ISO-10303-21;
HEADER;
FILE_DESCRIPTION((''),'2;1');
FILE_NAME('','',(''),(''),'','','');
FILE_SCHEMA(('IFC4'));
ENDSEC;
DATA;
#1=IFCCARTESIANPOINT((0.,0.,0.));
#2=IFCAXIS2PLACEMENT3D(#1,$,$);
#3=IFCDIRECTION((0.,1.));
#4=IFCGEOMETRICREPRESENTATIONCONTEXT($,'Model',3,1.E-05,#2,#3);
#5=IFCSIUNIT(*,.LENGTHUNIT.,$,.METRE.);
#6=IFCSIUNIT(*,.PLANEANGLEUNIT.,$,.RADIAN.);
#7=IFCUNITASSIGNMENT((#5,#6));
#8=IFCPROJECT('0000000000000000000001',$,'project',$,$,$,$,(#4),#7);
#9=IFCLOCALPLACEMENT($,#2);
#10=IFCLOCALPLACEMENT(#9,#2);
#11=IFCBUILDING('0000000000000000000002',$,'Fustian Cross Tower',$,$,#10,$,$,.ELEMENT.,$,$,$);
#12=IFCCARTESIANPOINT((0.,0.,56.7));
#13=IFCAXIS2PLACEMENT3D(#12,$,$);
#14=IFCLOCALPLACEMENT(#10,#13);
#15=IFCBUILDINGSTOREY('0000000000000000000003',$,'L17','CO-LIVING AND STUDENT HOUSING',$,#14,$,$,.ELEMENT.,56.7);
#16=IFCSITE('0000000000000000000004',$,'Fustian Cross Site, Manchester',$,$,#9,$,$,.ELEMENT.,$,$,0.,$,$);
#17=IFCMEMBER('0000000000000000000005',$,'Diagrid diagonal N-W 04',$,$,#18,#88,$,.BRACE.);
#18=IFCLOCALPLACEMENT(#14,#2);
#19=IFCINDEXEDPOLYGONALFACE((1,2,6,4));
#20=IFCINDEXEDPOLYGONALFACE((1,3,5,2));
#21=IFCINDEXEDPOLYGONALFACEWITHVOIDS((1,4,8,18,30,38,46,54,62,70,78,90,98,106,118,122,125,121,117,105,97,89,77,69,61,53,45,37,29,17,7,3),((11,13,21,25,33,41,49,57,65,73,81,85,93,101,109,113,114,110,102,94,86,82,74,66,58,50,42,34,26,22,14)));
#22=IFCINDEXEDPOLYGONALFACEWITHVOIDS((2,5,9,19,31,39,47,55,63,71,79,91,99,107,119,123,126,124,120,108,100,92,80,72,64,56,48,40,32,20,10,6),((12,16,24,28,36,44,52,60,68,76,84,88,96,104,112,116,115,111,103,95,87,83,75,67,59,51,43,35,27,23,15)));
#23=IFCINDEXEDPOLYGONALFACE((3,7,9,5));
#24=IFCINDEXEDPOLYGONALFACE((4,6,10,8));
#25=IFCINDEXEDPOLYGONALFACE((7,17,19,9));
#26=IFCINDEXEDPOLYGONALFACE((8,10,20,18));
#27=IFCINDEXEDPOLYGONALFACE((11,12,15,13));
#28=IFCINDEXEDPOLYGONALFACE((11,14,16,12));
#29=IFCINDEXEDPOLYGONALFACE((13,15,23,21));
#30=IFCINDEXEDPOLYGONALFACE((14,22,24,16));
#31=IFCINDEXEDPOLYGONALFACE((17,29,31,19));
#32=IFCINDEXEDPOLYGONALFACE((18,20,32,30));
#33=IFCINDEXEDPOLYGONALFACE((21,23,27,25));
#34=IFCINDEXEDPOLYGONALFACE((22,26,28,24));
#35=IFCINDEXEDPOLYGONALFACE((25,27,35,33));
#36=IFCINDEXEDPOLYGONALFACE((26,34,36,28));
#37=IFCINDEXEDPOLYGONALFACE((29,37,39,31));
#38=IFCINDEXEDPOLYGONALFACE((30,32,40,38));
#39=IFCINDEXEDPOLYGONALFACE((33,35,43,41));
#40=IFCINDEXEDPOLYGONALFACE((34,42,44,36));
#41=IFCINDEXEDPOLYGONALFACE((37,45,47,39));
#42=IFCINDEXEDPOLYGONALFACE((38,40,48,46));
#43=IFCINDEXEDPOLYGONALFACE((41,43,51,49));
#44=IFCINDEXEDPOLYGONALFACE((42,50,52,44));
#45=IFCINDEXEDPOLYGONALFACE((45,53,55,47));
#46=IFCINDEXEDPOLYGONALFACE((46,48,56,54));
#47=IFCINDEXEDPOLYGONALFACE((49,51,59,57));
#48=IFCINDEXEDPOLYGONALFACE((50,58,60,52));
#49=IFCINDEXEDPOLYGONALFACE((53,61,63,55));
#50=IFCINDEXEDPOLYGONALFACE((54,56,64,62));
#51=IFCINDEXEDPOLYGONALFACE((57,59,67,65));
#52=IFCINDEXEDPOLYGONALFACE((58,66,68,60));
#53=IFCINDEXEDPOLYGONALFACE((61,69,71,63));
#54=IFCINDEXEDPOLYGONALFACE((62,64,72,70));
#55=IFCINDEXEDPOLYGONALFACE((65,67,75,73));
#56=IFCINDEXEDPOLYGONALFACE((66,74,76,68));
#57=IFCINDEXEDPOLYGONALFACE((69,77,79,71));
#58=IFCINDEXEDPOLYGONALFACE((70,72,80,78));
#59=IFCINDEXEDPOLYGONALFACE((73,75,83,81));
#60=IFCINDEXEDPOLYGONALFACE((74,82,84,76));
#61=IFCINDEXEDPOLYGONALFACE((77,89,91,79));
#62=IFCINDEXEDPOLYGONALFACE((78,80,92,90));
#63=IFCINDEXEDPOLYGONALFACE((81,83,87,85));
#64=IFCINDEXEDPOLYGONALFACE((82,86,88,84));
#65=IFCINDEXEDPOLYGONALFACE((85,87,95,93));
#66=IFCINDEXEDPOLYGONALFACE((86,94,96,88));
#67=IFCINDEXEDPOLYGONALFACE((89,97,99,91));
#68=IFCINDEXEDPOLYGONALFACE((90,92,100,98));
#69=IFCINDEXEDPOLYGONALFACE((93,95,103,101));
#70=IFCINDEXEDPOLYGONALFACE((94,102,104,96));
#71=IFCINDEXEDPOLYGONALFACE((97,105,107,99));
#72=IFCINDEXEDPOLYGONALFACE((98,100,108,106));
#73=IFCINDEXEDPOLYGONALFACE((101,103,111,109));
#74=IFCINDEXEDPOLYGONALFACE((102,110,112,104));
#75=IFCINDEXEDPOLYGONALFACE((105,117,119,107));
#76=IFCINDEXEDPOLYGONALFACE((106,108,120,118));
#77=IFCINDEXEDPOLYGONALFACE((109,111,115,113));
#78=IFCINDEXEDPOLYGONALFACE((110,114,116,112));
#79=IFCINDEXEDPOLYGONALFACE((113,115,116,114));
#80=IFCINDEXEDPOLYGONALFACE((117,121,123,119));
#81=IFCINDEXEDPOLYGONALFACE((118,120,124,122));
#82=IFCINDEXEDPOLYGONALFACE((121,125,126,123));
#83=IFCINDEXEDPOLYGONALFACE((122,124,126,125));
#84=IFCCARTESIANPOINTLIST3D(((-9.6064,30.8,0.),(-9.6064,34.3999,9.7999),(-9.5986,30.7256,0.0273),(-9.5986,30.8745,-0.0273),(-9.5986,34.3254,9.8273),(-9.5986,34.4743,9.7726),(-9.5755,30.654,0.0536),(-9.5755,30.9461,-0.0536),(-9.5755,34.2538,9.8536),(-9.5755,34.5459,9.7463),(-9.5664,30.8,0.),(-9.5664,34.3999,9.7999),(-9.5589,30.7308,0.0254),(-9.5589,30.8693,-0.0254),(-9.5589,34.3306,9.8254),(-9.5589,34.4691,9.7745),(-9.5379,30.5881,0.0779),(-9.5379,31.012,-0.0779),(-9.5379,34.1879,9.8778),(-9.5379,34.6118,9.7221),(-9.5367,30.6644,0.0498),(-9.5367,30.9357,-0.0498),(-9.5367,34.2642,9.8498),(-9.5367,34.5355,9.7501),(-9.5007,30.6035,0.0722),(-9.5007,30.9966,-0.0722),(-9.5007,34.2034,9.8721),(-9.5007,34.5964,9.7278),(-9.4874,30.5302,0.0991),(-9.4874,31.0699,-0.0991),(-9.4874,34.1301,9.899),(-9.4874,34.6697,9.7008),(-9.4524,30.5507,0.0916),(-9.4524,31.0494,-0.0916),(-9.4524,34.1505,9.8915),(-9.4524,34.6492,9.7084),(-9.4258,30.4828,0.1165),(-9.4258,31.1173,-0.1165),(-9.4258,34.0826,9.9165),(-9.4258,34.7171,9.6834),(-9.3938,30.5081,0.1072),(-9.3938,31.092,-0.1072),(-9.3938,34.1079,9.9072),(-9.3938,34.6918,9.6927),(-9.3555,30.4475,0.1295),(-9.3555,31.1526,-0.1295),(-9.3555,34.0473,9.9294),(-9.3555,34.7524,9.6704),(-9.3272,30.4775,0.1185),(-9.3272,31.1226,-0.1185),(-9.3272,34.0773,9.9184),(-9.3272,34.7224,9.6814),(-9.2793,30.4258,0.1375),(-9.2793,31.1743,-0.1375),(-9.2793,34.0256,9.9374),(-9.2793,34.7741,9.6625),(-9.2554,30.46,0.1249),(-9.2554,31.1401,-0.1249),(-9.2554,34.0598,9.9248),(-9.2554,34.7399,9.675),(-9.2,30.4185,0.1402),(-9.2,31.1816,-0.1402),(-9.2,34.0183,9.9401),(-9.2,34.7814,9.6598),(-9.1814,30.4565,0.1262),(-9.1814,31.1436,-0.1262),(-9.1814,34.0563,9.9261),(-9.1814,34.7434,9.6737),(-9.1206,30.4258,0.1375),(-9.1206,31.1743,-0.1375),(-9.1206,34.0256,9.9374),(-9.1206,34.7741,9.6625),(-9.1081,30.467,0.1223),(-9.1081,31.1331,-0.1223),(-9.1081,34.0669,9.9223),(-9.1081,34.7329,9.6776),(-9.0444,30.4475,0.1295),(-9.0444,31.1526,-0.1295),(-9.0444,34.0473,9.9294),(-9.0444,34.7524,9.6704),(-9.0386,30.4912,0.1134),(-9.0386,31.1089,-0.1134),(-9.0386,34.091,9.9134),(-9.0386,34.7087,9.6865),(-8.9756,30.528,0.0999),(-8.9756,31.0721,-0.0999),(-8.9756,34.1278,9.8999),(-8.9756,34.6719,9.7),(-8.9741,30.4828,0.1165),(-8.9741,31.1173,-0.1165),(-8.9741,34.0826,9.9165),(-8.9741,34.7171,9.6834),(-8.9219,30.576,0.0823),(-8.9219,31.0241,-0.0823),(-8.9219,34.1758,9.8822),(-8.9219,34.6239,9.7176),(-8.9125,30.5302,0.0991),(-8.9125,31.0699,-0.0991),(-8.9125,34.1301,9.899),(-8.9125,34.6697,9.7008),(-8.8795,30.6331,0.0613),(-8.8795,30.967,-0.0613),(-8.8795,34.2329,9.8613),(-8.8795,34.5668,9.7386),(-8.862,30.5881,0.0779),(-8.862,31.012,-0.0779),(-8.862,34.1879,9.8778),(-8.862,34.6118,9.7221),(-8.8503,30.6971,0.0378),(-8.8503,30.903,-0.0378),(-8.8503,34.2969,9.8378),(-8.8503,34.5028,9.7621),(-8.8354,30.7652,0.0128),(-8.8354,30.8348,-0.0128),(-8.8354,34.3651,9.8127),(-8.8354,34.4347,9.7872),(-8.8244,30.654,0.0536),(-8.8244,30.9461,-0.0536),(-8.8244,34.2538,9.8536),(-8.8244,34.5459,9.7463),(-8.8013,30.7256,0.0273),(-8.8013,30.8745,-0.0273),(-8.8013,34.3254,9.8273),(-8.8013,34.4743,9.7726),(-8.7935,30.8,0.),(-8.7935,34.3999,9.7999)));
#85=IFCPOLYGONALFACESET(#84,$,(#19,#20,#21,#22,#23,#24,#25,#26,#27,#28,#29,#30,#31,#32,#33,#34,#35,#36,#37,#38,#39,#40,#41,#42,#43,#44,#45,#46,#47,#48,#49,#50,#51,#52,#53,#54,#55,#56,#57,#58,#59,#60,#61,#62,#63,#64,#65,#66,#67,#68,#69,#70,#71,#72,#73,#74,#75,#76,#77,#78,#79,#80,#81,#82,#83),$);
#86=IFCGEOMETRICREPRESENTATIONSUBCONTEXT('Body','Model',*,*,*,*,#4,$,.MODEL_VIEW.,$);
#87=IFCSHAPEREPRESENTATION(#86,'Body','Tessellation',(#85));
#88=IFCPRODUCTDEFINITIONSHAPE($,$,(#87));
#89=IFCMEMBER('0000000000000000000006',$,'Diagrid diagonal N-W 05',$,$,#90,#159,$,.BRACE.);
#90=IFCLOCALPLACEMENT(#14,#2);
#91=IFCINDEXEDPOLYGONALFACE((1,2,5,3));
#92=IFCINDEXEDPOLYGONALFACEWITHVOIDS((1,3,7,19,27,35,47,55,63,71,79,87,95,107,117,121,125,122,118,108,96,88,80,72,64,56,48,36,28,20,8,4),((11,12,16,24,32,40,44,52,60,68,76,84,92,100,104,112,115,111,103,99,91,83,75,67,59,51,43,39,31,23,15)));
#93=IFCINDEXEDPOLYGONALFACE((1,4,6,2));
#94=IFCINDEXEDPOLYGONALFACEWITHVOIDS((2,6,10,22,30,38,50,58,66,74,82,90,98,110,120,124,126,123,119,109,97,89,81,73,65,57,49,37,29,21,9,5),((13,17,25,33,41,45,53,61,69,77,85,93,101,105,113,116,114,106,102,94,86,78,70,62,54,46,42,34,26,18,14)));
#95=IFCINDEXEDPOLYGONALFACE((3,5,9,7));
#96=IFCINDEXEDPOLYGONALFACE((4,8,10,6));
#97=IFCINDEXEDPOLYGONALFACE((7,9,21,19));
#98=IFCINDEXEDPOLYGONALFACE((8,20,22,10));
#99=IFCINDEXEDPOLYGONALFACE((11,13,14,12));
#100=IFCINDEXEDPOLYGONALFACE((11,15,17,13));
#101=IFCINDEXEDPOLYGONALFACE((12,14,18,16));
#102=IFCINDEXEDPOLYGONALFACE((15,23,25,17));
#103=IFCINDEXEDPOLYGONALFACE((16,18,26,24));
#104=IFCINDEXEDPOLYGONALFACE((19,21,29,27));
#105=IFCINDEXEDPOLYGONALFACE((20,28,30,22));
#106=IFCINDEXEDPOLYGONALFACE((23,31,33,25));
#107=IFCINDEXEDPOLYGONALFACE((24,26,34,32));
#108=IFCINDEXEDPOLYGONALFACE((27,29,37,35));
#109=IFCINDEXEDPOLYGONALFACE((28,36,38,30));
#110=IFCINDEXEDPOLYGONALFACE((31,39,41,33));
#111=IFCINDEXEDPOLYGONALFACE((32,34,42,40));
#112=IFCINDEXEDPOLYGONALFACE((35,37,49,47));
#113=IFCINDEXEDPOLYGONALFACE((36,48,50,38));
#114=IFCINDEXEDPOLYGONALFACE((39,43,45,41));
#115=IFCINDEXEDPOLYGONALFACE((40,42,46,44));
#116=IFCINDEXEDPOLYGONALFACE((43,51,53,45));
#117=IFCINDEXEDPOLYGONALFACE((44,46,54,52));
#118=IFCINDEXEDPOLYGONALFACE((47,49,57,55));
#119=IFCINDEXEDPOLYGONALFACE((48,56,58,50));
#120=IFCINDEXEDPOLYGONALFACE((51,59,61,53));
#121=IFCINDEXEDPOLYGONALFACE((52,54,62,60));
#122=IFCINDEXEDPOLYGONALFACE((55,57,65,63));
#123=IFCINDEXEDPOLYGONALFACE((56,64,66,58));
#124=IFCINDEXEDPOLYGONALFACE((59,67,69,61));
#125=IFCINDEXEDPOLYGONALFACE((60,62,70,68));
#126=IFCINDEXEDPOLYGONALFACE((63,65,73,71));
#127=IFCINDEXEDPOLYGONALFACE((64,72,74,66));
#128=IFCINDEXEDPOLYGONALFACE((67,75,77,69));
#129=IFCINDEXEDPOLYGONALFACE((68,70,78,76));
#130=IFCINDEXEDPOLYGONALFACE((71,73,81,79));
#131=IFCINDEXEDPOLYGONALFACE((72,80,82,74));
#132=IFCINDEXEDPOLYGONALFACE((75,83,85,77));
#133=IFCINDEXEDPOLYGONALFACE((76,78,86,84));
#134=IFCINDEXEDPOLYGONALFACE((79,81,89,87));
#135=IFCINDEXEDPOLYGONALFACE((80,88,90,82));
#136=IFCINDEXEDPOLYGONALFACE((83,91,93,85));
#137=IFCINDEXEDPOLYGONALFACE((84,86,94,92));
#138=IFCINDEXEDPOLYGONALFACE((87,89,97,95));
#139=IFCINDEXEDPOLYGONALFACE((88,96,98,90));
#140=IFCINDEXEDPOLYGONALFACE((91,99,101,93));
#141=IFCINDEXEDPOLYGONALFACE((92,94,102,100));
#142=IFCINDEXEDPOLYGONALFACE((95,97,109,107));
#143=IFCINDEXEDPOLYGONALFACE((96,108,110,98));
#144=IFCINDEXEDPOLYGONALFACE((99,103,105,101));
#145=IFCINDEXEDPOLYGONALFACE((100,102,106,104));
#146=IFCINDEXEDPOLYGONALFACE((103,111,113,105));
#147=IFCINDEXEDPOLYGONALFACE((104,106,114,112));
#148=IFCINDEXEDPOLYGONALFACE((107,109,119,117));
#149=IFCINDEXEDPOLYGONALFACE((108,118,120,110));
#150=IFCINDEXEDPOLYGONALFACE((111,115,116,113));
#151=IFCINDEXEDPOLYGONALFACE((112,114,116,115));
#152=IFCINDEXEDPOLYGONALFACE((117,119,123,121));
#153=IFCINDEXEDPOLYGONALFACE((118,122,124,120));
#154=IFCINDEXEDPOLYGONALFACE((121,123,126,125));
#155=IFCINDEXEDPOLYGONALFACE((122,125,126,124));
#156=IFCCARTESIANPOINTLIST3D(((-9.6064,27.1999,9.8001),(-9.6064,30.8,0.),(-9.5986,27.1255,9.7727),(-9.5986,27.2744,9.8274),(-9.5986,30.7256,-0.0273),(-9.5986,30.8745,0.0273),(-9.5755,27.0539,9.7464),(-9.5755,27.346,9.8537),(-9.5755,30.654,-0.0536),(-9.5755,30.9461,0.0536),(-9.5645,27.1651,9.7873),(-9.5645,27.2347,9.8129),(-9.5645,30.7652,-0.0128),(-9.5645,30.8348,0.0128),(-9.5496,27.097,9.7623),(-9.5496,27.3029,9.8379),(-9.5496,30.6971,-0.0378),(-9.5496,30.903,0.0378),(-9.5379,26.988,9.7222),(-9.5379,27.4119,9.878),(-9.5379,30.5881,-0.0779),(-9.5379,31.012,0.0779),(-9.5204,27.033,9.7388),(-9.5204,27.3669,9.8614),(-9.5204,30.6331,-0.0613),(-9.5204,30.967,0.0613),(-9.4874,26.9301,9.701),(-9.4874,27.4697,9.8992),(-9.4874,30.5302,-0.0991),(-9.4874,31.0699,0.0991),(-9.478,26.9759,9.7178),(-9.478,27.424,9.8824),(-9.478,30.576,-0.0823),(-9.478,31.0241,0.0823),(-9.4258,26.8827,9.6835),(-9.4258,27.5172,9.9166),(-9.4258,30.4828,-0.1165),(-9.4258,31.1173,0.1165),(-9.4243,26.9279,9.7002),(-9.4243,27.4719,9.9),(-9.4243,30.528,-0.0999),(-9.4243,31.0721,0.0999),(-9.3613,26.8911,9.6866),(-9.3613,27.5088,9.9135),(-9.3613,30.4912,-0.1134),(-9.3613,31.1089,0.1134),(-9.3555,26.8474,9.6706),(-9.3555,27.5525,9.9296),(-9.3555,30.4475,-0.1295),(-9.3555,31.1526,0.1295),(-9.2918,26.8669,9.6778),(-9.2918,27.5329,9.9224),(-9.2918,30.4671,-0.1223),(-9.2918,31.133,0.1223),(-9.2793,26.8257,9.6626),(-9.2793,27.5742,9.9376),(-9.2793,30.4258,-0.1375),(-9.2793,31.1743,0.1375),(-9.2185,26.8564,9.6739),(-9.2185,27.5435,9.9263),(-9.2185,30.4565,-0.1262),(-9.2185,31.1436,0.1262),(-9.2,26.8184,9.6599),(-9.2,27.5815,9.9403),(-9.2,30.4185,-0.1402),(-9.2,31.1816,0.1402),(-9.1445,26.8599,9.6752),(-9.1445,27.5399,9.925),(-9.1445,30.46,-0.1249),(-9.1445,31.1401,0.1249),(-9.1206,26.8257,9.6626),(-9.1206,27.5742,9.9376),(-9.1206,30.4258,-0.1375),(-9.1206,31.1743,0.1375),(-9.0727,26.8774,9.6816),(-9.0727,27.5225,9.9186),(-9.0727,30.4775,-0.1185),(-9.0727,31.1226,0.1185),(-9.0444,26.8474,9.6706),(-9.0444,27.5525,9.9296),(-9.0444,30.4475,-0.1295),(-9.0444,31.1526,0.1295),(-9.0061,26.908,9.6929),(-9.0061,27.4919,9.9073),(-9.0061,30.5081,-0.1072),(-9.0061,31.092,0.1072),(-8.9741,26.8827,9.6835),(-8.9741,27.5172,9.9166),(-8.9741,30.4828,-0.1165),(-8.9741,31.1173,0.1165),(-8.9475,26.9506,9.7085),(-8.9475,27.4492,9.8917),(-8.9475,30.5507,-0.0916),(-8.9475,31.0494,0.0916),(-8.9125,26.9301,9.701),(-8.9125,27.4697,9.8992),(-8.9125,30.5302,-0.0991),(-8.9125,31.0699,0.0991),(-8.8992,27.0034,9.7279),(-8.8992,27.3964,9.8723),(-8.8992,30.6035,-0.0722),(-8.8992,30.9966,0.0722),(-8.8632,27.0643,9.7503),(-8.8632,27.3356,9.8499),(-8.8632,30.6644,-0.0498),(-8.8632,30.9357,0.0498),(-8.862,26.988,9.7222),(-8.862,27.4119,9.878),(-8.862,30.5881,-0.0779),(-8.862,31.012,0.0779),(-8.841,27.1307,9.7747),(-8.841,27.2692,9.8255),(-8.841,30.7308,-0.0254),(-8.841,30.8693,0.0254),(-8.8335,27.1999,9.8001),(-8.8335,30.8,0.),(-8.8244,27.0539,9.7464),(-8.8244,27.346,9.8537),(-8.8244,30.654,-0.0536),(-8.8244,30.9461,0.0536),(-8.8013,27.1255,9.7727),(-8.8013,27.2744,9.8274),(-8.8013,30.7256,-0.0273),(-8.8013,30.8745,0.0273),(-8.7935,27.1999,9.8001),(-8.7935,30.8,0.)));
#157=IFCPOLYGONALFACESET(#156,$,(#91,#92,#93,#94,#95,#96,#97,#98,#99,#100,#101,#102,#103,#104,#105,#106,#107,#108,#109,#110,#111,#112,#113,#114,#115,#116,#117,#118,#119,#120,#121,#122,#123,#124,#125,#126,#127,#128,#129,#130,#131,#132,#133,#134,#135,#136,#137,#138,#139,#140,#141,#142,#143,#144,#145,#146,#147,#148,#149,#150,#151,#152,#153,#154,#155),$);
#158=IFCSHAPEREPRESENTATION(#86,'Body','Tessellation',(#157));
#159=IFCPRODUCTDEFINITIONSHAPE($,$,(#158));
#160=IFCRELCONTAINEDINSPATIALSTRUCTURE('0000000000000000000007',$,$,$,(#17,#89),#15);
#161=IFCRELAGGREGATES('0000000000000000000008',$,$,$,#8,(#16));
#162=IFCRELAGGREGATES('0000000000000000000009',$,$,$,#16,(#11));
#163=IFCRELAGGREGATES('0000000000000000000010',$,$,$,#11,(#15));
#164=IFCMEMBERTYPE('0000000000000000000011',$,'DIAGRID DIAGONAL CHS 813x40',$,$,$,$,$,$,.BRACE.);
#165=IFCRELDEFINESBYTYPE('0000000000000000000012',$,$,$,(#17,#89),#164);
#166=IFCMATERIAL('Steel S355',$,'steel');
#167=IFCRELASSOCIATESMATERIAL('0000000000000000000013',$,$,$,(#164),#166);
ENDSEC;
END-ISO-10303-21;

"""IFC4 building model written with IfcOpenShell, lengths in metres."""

from ifc_helpers import new_model, si_unit, direction, frame, origin, origin_2d, place, context, subcontext, project, spatial, hollow_circle, extrude, material, material_profile, profile_set, type_object, element, save


model = new_model("IFC4")

# Units and contexts
model_context = context("Model", 3, precision=1e-05, world=origin(), true_north=direction((0.0, 1.0)))
body_context = subcontext(model_context, "Body", "Model", "MODEL_VIEW")
ifc_project = project(units=[si_unit("LENGTHUNIT", "METRE"), si_unit("PLANEANGLEUNIT", "RADIAN")], contexts=[model_context])

# Site, building, storey
site_placement = place(None, origin())
site = spatial("IfcSite", under=ifc_project, at=site_placement, Name="Fustian Cross Site, Manchester", CompositionType="ELEMENT", RefElevation=0.0)
building_placement = place(site_placement, origin())
building = spatial("IfcBuilding", under=site, at=building_placement, Name="Fustian Cross Tower", CompositionType="ELEMENT")
storey_placement = place(building_placement, frame((0.0, 0.0, 56.7)))
storey = spatial("IfcBuildingStorey", under=building, at=storey_placement, Name="L17", Description="CO-LIVING AND STUDENT HOUSING", CompositionType="ELEMENT", Elevation=56.7)

# Members
ifc_material_1 = material(Name="Steel S355", Category="steel")
ifc_material_profile_1 = material_profile(ifc_material_1, hollow_circle(Radius=0.4065, WallThickness=0.04, at=origin_2d()), Name="CHS 813x40")
ifc_profile_set_1 = profile_set([ifc_material_profile_1], Name="Steel S355")
member_type_1 = type_object("IfcMemberType", Name="DIAGRID DIAGONAL CHS 813x40", PredefinedType="BRACE", material=ifc_profile_set_1)
member_1_placement = place(storey_placement, frame((-9.2, 30.8, 0.0), z_axis=(0.0, 0.344804, 0.938675), x_axis=(-1.0, 0.0, 0.0)))
element("IfcMember", 1, at=member_1_placement, inside=storey, type_object=member_type_1, Name="Diagrid diagonal N-W 04", PredefinedType="BRACE", context=body_context, shape_type="SweptSolid", body=[
    extrude(hollow_circle(Radius=0.4065, WallThickness=0.04, at=origin_2d()), origin(), (0.0, 0.0, 1.0), 10.4402),
])
member_2_placement = place(storey_placement, frame((-9.2, 30.8, 0.0), z_axis=(0.0, -0.344824, 0.938667), x_axis=(1.0, 0.0, 0.0)))
element("IfcMember", 2, at=member_2_placement, inside=storey, type_object=member_type_1, Name="Diagrid diagonal N-W 05", PredefinedType="BRACE", context=body_context, shape_type="SweptSolid", body=[
    extrude(hollow_circle(Radius=0.4065, WallThickness=0.04, at=origin_2d()), origin(), (0.0, 0.0, 1.0), 10.4404),
])

save(model, "model.ifc")
